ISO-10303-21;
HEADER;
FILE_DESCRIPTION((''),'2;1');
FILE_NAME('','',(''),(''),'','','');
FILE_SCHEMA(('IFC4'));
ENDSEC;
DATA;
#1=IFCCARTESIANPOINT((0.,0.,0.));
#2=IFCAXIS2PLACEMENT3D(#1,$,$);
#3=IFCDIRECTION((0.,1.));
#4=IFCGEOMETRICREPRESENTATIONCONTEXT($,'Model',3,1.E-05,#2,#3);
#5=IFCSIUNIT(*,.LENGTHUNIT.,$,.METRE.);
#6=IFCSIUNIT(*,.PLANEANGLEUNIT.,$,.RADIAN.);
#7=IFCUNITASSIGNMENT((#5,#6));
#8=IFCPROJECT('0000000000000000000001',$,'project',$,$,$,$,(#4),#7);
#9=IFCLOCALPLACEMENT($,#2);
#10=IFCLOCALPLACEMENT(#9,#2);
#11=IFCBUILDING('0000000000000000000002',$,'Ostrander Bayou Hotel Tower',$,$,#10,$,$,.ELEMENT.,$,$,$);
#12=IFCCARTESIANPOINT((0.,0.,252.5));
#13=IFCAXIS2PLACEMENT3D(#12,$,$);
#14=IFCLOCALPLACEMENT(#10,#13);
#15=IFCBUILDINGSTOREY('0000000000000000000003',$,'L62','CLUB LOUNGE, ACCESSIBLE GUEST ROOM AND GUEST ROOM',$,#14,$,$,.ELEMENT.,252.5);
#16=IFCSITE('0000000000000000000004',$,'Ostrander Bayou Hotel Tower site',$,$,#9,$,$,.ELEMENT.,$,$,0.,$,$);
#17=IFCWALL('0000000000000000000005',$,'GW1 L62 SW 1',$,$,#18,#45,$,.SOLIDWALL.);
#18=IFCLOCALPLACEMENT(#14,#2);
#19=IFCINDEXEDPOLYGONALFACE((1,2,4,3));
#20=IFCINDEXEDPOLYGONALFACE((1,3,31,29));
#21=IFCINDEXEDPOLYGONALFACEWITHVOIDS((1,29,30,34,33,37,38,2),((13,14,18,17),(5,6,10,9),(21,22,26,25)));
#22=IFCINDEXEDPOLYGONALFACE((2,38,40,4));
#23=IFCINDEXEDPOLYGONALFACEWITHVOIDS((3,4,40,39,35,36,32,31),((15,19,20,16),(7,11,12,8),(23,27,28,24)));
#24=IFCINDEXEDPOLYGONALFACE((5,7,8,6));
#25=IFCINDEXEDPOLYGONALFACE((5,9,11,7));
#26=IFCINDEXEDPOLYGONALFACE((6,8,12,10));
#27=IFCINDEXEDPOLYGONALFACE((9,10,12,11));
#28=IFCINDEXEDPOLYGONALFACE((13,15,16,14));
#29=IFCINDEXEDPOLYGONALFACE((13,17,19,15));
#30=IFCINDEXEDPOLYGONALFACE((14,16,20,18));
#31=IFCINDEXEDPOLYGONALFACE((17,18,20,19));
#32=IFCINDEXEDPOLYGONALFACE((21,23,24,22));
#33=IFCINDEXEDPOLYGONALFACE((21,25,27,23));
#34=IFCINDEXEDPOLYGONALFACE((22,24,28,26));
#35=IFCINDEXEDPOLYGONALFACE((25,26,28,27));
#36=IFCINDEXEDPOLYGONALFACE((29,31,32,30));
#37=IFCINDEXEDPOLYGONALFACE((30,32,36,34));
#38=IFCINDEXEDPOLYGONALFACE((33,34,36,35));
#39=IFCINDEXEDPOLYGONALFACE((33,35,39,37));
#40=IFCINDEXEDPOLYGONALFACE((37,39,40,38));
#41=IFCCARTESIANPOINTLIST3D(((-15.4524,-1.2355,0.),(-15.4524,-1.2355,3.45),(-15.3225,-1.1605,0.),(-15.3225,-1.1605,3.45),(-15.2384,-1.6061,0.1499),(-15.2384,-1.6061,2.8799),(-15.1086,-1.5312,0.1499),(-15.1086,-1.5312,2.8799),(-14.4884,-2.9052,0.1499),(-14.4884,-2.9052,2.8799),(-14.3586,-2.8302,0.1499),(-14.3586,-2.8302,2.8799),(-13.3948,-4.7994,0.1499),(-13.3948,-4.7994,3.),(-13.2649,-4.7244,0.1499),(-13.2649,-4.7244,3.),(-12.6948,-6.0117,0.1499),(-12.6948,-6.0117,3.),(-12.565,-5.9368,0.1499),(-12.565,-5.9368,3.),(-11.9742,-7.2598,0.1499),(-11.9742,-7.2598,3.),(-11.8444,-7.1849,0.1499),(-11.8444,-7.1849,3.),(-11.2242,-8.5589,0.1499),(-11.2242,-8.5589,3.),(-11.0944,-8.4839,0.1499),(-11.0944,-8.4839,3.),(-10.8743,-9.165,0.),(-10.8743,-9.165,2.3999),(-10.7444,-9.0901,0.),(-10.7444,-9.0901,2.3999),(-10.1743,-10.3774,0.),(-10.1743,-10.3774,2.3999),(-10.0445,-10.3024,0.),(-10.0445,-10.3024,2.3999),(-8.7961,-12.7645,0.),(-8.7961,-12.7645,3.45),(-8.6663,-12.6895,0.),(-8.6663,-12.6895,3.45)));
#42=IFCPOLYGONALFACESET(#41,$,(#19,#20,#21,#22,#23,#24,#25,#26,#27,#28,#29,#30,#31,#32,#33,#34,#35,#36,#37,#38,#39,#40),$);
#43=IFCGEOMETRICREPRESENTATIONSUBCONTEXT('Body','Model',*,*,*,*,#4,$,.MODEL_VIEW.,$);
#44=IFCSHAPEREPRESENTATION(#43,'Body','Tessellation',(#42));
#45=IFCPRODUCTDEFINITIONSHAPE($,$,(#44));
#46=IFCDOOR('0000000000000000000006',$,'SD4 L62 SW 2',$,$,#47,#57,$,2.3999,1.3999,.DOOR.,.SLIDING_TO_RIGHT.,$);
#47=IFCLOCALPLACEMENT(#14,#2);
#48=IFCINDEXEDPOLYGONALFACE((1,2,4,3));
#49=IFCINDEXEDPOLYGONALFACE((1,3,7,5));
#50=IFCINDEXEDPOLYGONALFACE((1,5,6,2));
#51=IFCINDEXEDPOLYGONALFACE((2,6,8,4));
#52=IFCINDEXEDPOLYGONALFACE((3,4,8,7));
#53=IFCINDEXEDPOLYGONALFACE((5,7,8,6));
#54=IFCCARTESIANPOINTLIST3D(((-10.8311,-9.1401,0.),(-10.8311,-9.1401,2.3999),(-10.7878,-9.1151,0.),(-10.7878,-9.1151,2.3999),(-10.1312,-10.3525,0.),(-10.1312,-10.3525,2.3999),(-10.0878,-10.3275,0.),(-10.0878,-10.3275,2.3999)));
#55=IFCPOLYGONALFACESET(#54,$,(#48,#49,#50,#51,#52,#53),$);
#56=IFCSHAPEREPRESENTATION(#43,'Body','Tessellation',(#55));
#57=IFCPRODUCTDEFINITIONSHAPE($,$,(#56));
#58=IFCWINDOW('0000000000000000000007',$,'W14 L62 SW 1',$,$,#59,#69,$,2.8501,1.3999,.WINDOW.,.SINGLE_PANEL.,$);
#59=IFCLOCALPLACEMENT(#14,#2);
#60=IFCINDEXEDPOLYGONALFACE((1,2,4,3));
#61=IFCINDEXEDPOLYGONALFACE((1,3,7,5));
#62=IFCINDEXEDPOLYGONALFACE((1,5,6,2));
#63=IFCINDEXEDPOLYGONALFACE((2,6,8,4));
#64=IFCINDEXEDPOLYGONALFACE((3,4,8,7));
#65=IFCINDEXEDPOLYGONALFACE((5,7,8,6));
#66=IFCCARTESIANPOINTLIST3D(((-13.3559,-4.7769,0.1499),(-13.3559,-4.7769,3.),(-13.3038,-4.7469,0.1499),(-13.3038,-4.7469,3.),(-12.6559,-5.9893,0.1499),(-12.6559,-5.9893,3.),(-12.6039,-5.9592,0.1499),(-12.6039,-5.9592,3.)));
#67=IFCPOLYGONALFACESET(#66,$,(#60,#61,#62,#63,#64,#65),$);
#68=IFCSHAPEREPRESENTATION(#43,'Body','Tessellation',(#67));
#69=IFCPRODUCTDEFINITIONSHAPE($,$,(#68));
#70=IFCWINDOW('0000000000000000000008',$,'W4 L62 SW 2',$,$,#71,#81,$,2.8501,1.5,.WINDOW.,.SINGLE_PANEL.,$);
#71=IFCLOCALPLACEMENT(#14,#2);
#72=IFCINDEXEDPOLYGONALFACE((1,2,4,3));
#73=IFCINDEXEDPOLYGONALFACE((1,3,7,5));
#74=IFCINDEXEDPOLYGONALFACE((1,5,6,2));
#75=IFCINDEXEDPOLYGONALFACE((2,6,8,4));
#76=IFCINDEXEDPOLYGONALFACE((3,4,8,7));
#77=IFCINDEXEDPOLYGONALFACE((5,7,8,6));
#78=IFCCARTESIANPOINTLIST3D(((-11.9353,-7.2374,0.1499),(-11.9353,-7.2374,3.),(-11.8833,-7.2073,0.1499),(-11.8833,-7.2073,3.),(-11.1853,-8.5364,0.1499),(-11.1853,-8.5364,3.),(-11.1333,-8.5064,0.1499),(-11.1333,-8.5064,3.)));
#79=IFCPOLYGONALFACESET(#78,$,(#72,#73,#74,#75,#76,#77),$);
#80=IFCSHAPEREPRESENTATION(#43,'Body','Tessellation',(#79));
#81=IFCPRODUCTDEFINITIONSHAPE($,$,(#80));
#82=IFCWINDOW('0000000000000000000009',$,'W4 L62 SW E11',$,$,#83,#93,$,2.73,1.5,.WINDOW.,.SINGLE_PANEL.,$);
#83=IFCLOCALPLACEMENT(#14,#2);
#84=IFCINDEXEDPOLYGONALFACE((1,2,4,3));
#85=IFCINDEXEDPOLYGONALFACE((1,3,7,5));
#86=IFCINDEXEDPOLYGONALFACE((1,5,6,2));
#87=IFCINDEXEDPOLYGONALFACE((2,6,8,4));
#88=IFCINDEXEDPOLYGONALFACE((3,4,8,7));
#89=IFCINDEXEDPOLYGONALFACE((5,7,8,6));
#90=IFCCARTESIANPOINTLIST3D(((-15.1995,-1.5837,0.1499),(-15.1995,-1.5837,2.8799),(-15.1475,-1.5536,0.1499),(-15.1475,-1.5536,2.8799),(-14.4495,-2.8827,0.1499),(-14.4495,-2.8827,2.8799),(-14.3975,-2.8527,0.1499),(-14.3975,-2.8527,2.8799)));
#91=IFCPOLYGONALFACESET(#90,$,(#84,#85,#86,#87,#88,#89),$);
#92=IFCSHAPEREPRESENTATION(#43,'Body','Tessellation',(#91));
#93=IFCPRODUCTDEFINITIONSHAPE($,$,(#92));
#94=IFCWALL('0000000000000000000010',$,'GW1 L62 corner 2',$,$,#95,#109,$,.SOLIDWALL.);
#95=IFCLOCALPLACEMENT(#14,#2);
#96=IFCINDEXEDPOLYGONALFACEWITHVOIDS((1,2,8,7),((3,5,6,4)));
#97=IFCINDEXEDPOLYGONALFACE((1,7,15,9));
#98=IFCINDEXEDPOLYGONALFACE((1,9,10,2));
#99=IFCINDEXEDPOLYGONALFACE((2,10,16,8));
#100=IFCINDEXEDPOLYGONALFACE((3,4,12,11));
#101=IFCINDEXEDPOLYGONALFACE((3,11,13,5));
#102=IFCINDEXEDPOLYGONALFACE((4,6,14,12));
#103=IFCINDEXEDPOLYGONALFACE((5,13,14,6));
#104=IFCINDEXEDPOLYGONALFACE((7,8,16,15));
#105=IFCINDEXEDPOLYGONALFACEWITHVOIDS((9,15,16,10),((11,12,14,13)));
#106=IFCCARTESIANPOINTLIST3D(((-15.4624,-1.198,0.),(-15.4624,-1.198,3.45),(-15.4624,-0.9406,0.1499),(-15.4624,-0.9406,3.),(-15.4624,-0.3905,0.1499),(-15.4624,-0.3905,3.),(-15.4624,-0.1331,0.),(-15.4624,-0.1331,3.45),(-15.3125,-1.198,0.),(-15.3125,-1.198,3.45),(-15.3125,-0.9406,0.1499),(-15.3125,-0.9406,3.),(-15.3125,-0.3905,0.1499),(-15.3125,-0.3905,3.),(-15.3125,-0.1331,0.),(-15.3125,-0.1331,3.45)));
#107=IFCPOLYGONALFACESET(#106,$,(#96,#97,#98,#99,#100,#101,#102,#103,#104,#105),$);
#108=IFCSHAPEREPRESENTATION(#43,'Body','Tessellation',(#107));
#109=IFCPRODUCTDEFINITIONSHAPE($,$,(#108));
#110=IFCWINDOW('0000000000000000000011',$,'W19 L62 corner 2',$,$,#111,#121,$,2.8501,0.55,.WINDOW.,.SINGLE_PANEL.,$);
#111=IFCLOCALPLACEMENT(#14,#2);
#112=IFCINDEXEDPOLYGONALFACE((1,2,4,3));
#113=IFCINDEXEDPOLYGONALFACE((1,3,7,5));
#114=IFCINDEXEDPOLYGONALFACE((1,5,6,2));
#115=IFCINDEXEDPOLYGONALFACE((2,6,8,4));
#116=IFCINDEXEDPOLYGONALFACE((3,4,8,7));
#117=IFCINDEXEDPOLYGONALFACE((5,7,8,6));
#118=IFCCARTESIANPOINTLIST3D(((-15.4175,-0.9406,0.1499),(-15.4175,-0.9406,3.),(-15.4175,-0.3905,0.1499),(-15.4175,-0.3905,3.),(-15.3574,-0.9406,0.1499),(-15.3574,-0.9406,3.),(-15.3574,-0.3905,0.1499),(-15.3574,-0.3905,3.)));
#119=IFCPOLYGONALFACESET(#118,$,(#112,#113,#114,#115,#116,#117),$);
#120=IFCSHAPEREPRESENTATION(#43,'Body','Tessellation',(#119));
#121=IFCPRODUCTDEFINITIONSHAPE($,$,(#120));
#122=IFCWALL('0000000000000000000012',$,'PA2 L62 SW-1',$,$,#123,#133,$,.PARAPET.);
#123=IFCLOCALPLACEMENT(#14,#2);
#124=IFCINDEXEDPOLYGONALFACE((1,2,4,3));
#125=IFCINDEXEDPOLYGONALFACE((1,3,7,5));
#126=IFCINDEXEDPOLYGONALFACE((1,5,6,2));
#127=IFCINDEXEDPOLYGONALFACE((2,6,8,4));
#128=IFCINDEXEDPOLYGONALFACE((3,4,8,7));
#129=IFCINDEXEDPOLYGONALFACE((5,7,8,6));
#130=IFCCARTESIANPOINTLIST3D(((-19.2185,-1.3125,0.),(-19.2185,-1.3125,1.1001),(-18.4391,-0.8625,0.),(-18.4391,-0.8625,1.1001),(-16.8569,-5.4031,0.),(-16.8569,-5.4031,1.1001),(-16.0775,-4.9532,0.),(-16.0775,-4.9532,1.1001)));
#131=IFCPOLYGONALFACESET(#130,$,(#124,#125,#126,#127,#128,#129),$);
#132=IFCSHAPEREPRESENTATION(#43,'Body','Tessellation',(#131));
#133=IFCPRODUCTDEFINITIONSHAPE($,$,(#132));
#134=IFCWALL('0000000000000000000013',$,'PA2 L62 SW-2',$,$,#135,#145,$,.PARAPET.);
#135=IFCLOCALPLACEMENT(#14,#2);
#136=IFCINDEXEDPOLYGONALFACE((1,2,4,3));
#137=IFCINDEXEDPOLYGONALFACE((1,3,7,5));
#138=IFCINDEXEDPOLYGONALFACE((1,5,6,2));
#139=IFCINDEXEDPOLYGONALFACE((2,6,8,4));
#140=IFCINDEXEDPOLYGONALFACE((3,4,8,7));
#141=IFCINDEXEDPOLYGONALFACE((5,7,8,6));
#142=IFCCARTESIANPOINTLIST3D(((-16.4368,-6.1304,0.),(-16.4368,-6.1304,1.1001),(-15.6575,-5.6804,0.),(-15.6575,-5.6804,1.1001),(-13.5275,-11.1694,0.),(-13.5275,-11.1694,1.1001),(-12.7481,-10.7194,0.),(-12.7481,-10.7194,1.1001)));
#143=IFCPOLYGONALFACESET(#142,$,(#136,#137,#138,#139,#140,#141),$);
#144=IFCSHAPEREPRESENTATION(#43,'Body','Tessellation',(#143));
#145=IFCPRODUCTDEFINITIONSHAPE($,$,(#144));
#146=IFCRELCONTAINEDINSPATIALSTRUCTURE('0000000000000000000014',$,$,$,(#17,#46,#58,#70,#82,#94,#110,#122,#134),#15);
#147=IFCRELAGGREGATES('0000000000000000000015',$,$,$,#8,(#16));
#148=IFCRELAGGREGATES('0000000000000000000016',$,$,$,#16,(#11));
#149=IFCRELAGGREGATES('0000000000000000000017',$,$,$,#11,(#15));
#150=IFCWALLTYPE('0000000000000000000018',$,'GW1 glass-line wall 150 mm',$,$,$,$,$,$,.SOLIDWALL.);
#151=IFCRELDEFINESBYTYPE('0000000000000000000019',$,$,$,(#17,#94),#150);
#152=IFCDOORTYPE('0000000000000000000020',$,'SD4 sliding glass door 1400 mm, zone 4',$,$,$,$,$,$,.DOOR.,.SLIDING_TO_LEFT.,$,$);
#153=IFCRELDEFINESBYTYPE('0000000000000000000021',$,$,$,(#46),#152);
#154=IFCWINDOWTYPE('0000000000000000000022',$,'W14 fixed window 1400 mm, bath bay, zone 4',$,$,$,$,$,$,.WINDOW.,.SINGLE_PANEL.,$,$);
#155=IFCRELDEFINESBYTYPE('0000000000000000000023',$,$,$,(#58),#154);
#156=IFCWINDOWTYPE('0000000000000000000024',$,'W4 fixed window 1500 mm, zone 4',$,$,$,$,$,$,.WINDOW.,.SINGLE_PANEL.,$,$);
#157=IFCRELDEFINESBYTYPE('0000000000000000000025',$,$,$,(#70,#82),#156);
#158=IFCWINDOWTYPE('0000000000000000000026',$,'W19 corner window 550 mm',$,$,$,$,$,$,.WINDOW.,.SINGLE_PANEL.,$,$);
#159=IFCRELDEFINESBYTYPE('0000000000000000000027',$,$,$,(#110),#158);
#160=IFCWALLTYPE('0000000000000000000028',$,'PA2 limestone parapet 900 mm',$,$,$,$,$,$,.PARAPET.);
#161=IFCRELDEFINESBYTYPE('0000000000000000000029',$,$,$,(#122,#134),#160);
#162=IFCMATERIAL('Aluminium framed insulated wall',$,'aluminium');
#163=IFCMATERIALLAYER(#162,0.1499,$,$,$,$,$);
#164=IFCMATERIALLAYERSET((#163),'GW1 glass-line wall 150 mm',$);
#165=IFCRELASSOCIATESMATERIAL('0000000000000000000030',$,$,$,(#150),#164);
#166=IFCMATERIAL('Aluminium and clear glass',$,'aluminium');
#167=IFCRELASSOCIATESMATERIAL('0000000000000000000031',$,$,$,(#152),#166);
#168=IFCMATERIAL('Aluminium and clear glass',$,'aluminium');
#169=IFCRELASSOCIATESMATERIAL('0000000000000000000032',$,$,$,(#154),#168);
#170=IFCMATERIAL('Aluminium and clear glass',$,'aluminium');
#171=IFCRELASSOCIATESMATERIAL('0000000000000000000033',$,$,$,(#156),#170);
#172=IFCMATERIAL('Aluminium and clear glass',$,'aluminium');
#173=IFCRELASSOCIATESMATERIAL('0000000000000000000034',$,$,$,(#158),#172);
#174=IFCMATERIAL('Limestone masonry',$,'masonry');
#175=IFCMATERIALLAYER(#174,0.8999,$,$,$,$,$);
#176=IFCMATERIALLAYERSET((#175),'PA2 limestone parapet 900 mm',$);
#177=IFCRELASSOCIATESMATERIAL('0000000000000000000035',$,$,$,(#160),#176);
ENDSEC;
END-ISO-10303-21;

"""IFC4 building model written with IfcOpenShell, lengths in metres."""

from ifc_helpers import new_model, si_unit, direction, frame, frame_2d, origin, place, context, subcontext, project, spatial, rectangle, extrude, material, layer, layer_set, type_object, element, fill, save


model = new_model("IFC4")

# Units and contexts
model_context = context("Model", 3, precision=1e-05, world=origin(), true_north=direction((0.0, 1.0)))
body_context = subcontext(model_context, "Body", "Model", "MODEL_VIEW")
ifc_project = project(units=[si_unit("LENGTHUNIT", "METRE"), si_unit("PLANEANGLEUNIT", "RADIAN")], contexts=[model_context])

# Site, building, storey
site_placement = place(None, origin())
site = spatial("IfcSite", under=ifc_project, at=site_placement, Name="Ostrander Bayou Hotel Tower site", CompositionType="ELEMENT", RefElevation=0.0)
building_placement = place(site_placement, origin())
building = spatial("IfcBuilding", under=site, at=building_placement, Name="Ostrander Bayou Hotel Tower", CompositionType="ELEMENT")
storey_placement = place(building_placement, frame((0.0, 0.0, 252.5)))
storey = spatial("IfcBuildingStorey", under=building, at=storey_placement, Name="L62", Description="CLUB LOUNGE, ACCESSIBLE GUEST ROOM AND GUEST ROOM", CompositionType="ELEMENT", Elevation=252.5)

# Wall, openings, door, windows
ifc_material_1 = material(Name="Aluminium framed insulated wall", Category="aluminium")
ifc_layer_1 = layer(ifc_material_1, 0.1499)
ifc_layer_set_1 = layer_set([ifc_layer_1], Name="GW1 glass-line wall 150 mm")
wall_type_1 = type_object("IfcWallType", Name="GW1 glass-line wall 150 mm", PredefinedType="SOLIDWALL", material=ifc_layer_set_1)
wall_1_placement = place(storey_placement, frame((-15.3875, -1.198, 0.0), z_axis=(0.0, 0.0, 1.0), x_axis=(0.499997, -0.866027, 0.0)))
wall_1 = element("IfcWall", 1, at=wall_1_placement, inside=storey, type_object=wall_type_1, Name="GW1 L62 SW 1", PredefinedType="SOLIDWALL", context=body_context, shape_type="SweptSolid", body=[
    extrude(rectangle(XDim=13.3125, YDim=0.1499, at=frame_2d((6.6562, 0.0))), origin(), (0.0, 0.0, 1.0), 3.45),
])
opening_1_placement = place(wall_1_placement, frame((4.1152, 0.0, 0.1499)))
opening_1 = element("IfcOpeningElement", 2, at=opening_1_placement, cuts=wall_1, PredefinedType="OPENING", context=body_context, shape_type="SweptSolid", body=[
    extrude(rectangle(XDim=1.3999, YDim=2.8501, at=frame_2d((0.7, 1.425))), frame((0.0, 0.075, 0.0), z_axis=(0.0, -1.0, 0.0), x_axis=(1.0, 0.0, 0.0)), (0.0, 0.0, 1.0), 0.1499),
])
opening_2_placement = place(wall_1_placement, frame((6.9563, 0.0, 0.1499)))
opening_2 = element("IfcOpeningElement", 3, at=opening_2_placement, cuts=wall_1, PredefinedType="OPENING", context=body_context, shape_type="SweptSolid", body=[
    extrude(rectangle(XDim=1.5, YDim=2.8501, at=frame_2d((0.75, 1.425))), frame((0.0, 0.075, 0.0), z_axis=(0.0, -1.0, 0.0), x_axis=(1.0, 0.0, 0.0)), (0.0, 0.0, 1.0), 0.1499),
])
opening_3_placement = place(wall_1_placement, frame((9.1562, 0.0, 0.0)))
opening_3 = element("IfcOpeningElement", 4, at=opening_3_placement, cuts=wall_1, PredefinedType="OPENING", context=body_context, shape_type="SweptSolid", body=[
    extrude(rectangle(XDim=1.3999, YDim=2.3999, at=frame_2d((0.7, 1.2))), frame((0.0, 0.075, 0.0), z_axis=(0.0, -1.0, 0.0), x_axis=(1.0, 0.0, 0.0)), (0.0, 0.0, 1.0), 0.1499),
])
opening_4_placement = place(wall_1_placement, frame((0.428, 0.0, 0.1499)))
opening_4 = element("IfcOpeningElement", 5, at=opening_4_placement, cuts=wall_1, PredefinedType="OPENING", context=body_context, shape_type="SweptSolid", body=[
    extrude(rectangle(XDim=1.5, YDim=2.73, at=frame_2d((0.75, 1.365))), frame((0.0, 0.075, 0.0), z_axis=(0.0, -1.0, 0.0), x_axis=(1.0, 0.0, 0.0)), (0.0, 0.0, 1.0), 0.1499),
])
ifc_material_2 = material(Name="Aluminium and clear glass", Category="aluminium")
door_type_1 = type_object("IfcDoorType", Name="SD4 sliding glass door 1400 mm, zone 4", OperationType="SLIDING_TO_LEFT", PredefinedType="DOOR", material=ifc_material_2)
door_1_placement = place(opening_3_placement, origin())
door_1 = element("IfcDoor", 6, at=door_1_placement, inside=storey, type_object=door_type_1, Name="SD4 L62 SW 2", OperationType="SLIDING_TO_RIGHT", OverallHeight=2.3999, OverallWidth=1.3999, PredefinedType="DOOR", context=body_context, shape_type="SweptSolid", body=[
    extrude(rectangle(XDim=1.3999, YDim=2.3999, at=frame_2d((0.7, 1.2))), frame((0.0, 0.0249, 0.0), z_axis=(0.0, -1.0, 0.0), x_axis=(1.0, 0.0, 0.0)), (0.0, 0.0, 1.0), 0.05),
])
fill(opening_3, door_1)
ifc_material_3 = material(Name="Aluminium and clear glass", Category="aluminium")
window_type_1 = type_object("IfcWindowType", Name="W14 fixed window 1400 mm, bath bay, zone 4", PartitioningType="SINGLE_PANEL", PredefinedType="WINDOW", material=ifc_material_3)
window_1_placement = place(opening_1_placement, origin())
window_1 = element("IfcWindow", 7, at=window_1_placement, inside=storey, type_object=window_type_1, Name="W14 L62 SW 1", OverallHeight=2.8501, OverallWidth=1.3999, PartitioningType="SINGLE_PANEL", PredefinedType="WINDOW", context=body_context, shape_type="SweptSolid", body=[
    extrude(rectangle(XDim=1.3999, YDim=2.8501, at=frame_2d((0.7, 1.425))), frame((0.0, 0.03, 0.0), z_axis=(0.0, -1.0, 0.0), x_axis=(1.0, 0.0, 0.0)), (0.0, 0.0, 1.0), 0.0601),
])
fill(opening_1, window_1)
ifc_material_4 = material(Name="Aluminium and clear glass", Category="aluminium")
window_type_2 = type_object("IfcWindowType", Name="W4 fixed window 1500 mm, zone 4", PartitioningType="SINGLE_PANEL", PredefinedType="WINDOW", material=ifc_material_4)
window_2_placement = place(opening_2_placement, origin())
window_2 = element("IfcWindow", 8, at=window_2_placement, inside=storey, type_object=window_type_2, Name="W4 L62 SW 2", OverallHeight=2.8501, OverallWidth=1.5, PartitioningType="SINGLE_PANEL", PredefinedType="WINDOW", context=body_context, shape_type="SweptSolid", body=[
    extrude(rectangle(XDim=1.5, YDim=2.8501, at=frame_2d((0.75, 1.425))), frame((0.0, 0.03, 0.0), z_axis=(0.0, -1.0, 0.0), x_axis=(1.0, 0.0, 0.0)), (0.0, 0.0, 1.0), 0.0601),
])
fill(opening_2, window_2)
window_3_placement = place(opening_4_placement, origin())
window_3 = element("IfcWindow", 9, at=window_3_placement, inside=storey, type_object=window_type_2, Name="W4 L62 SW E11", OverallHeight=2.73, OverallWidth=1.5, PartitioningType="SINGLE_PANEL", PredefinedType="WINDOW", context=body_context, shape_type="SweptSolid", body=[
    extrude(rectangle(XDim=1.5, YDim=2.73, at=frame_2d((0.75, 1.365))), frame((0.0, 0.03, 0.0), z_axis=(0.0, -1.0, 0.0), x_axis=(1.0, 0.0, 0.0)), (0.0, 0.0, 1.0), 0.0601),
])
fill(opening_4, window_3)

# Wall, opening, window
wall_2_placement = place(storey_placement, frame((-15.3875, -0.1331, 0.0), z_axis=(0.0, 0.0, 1.0), x_axis=(0.0, -1.0, 0.0)))
wall_2 = element("IfcWall", 10, at=wall_2_placement, inside=storey, type_object=wall_type_1, Name="GW1 L62 corner 2", PredefinedType="SOLIDWALL", context=body_context, shape_type="SweptSolid", body=[
    extrude(rectangle(XDim=1.0649, YDim=0.1499, at=frame_2d((0.5325, 0.0))), origin(), (0.0, 0.0, 1.0), 3.45),
])
opening_5_placement = place(wall_2_placement, frame((0.2576, 0.0, 0.1499)))
opening_5 = element("IfcOpeningElement", 11, at=opening_5_placement, cuts=wall_2, PredefinedType="OPENING", context=body_context, shape_type="SweptSolid", body=[
    extrude(rectangle(XDim=0.55, YDim=2.8501, at=frame_2d((0.2749, 1.425))), frame((0.0, 0.075, 0.0), z_axis=(0.0, -1.0, 0.0), x_axis=(1.0, 0.0, 0.0)), (0.0, 0.0, 1.0), 0.1499),
])
ifc_material_5 = material(Name="Aluminium and clear glass", Category="aluminium")
window_type_3 = type_object("IfcWindowType", Name="W19 corner window 550 mm", PartitioningType="SINGLE_PANEL", PredefinedType="WINDOW", material=ifc_material_5)
window_4_placement = place(opening_5_placement, origin())
window_4 = element("IfcWindow", 12, at=window_4_placement, inside=storey, type_object=window_type_3, Name="W19 L62 corner 2", OverallHeight=2.8501, OverallWidth=0.55, PartitioningType="SINGLE_PANEL", PredefinedType="WINDOW", context=body_context, shape_type="SweptSolid", body=[
    extrude(rectangle(XDim=0.55, YDim=2.8501, at=frame_2d((0.2749, 1.425))), frame((0.0, 0.03, 0.0), z_axis=(0.0, -1.0, 0.0), x_axis=(1.0, 0.0, 0.0)), (0.0, 0.0, 1.0), 0.0601),
])
fill(opening_5, window_4)

# Walls
ifc_material_6 = material(Name="Limestone masonry", Category="masonry")
ifc_layer_2 = layer(ifc_material_6, 0.8999)
ifc_layer_set_2 = layer_set([ifc_layer_2], Name="PA2 limestone parapet 900 mm")
wall_type_2 = type_object("IfcWallType", Name="PA2 limestone parapet 900 mm", PredefinedType="PARAPET", material=ifc_layer_set_2)
wall_3_placement = place(storey_placement, frame((-18.8289, -1.0874, 0.0), z_axis=(0.0, 0.0, 1.0), x_axis=(0.49998, -0.866037, 0.0)))
element("IfcWall", 13, at=wall_3_placement, inside=storey, type_object=wall_type_2, Name="PA2 L62 SW-1", PredefinedType="PARAPET", context=body_context, shape_type="SweptSolid", body=[
    extrude(rectangle(XDim=4.7234, YDim=0.8999, at=frame_2d((2.3618, 0.0))), origin(), (0.0, 0.0, 1.0), 1.1001),
])
wall_4_placement = place(storey_placement, frame((-16.0471, -5.9055, 0.0), z_axis=(0.0, 0.0, 1.0), x_axis=(0.500015, -0.866016, 0.0)))
element("IfcWall", 14, at=wall_4_placement, inside=storey, type_object=wall_type_2, Name="PA2 L62 SW-2", PredefinedType="PARAPET", context=body_context, shape_type="SweptSolid", body=[
    extrude(rectangle(XDim=5.8186, YDim=0.8999, at=frame_2d((2.9092, 0.0))), origin(), (0.0, 0.0, 1.0), 1.1001),
])

save(model, "model.ifc")
